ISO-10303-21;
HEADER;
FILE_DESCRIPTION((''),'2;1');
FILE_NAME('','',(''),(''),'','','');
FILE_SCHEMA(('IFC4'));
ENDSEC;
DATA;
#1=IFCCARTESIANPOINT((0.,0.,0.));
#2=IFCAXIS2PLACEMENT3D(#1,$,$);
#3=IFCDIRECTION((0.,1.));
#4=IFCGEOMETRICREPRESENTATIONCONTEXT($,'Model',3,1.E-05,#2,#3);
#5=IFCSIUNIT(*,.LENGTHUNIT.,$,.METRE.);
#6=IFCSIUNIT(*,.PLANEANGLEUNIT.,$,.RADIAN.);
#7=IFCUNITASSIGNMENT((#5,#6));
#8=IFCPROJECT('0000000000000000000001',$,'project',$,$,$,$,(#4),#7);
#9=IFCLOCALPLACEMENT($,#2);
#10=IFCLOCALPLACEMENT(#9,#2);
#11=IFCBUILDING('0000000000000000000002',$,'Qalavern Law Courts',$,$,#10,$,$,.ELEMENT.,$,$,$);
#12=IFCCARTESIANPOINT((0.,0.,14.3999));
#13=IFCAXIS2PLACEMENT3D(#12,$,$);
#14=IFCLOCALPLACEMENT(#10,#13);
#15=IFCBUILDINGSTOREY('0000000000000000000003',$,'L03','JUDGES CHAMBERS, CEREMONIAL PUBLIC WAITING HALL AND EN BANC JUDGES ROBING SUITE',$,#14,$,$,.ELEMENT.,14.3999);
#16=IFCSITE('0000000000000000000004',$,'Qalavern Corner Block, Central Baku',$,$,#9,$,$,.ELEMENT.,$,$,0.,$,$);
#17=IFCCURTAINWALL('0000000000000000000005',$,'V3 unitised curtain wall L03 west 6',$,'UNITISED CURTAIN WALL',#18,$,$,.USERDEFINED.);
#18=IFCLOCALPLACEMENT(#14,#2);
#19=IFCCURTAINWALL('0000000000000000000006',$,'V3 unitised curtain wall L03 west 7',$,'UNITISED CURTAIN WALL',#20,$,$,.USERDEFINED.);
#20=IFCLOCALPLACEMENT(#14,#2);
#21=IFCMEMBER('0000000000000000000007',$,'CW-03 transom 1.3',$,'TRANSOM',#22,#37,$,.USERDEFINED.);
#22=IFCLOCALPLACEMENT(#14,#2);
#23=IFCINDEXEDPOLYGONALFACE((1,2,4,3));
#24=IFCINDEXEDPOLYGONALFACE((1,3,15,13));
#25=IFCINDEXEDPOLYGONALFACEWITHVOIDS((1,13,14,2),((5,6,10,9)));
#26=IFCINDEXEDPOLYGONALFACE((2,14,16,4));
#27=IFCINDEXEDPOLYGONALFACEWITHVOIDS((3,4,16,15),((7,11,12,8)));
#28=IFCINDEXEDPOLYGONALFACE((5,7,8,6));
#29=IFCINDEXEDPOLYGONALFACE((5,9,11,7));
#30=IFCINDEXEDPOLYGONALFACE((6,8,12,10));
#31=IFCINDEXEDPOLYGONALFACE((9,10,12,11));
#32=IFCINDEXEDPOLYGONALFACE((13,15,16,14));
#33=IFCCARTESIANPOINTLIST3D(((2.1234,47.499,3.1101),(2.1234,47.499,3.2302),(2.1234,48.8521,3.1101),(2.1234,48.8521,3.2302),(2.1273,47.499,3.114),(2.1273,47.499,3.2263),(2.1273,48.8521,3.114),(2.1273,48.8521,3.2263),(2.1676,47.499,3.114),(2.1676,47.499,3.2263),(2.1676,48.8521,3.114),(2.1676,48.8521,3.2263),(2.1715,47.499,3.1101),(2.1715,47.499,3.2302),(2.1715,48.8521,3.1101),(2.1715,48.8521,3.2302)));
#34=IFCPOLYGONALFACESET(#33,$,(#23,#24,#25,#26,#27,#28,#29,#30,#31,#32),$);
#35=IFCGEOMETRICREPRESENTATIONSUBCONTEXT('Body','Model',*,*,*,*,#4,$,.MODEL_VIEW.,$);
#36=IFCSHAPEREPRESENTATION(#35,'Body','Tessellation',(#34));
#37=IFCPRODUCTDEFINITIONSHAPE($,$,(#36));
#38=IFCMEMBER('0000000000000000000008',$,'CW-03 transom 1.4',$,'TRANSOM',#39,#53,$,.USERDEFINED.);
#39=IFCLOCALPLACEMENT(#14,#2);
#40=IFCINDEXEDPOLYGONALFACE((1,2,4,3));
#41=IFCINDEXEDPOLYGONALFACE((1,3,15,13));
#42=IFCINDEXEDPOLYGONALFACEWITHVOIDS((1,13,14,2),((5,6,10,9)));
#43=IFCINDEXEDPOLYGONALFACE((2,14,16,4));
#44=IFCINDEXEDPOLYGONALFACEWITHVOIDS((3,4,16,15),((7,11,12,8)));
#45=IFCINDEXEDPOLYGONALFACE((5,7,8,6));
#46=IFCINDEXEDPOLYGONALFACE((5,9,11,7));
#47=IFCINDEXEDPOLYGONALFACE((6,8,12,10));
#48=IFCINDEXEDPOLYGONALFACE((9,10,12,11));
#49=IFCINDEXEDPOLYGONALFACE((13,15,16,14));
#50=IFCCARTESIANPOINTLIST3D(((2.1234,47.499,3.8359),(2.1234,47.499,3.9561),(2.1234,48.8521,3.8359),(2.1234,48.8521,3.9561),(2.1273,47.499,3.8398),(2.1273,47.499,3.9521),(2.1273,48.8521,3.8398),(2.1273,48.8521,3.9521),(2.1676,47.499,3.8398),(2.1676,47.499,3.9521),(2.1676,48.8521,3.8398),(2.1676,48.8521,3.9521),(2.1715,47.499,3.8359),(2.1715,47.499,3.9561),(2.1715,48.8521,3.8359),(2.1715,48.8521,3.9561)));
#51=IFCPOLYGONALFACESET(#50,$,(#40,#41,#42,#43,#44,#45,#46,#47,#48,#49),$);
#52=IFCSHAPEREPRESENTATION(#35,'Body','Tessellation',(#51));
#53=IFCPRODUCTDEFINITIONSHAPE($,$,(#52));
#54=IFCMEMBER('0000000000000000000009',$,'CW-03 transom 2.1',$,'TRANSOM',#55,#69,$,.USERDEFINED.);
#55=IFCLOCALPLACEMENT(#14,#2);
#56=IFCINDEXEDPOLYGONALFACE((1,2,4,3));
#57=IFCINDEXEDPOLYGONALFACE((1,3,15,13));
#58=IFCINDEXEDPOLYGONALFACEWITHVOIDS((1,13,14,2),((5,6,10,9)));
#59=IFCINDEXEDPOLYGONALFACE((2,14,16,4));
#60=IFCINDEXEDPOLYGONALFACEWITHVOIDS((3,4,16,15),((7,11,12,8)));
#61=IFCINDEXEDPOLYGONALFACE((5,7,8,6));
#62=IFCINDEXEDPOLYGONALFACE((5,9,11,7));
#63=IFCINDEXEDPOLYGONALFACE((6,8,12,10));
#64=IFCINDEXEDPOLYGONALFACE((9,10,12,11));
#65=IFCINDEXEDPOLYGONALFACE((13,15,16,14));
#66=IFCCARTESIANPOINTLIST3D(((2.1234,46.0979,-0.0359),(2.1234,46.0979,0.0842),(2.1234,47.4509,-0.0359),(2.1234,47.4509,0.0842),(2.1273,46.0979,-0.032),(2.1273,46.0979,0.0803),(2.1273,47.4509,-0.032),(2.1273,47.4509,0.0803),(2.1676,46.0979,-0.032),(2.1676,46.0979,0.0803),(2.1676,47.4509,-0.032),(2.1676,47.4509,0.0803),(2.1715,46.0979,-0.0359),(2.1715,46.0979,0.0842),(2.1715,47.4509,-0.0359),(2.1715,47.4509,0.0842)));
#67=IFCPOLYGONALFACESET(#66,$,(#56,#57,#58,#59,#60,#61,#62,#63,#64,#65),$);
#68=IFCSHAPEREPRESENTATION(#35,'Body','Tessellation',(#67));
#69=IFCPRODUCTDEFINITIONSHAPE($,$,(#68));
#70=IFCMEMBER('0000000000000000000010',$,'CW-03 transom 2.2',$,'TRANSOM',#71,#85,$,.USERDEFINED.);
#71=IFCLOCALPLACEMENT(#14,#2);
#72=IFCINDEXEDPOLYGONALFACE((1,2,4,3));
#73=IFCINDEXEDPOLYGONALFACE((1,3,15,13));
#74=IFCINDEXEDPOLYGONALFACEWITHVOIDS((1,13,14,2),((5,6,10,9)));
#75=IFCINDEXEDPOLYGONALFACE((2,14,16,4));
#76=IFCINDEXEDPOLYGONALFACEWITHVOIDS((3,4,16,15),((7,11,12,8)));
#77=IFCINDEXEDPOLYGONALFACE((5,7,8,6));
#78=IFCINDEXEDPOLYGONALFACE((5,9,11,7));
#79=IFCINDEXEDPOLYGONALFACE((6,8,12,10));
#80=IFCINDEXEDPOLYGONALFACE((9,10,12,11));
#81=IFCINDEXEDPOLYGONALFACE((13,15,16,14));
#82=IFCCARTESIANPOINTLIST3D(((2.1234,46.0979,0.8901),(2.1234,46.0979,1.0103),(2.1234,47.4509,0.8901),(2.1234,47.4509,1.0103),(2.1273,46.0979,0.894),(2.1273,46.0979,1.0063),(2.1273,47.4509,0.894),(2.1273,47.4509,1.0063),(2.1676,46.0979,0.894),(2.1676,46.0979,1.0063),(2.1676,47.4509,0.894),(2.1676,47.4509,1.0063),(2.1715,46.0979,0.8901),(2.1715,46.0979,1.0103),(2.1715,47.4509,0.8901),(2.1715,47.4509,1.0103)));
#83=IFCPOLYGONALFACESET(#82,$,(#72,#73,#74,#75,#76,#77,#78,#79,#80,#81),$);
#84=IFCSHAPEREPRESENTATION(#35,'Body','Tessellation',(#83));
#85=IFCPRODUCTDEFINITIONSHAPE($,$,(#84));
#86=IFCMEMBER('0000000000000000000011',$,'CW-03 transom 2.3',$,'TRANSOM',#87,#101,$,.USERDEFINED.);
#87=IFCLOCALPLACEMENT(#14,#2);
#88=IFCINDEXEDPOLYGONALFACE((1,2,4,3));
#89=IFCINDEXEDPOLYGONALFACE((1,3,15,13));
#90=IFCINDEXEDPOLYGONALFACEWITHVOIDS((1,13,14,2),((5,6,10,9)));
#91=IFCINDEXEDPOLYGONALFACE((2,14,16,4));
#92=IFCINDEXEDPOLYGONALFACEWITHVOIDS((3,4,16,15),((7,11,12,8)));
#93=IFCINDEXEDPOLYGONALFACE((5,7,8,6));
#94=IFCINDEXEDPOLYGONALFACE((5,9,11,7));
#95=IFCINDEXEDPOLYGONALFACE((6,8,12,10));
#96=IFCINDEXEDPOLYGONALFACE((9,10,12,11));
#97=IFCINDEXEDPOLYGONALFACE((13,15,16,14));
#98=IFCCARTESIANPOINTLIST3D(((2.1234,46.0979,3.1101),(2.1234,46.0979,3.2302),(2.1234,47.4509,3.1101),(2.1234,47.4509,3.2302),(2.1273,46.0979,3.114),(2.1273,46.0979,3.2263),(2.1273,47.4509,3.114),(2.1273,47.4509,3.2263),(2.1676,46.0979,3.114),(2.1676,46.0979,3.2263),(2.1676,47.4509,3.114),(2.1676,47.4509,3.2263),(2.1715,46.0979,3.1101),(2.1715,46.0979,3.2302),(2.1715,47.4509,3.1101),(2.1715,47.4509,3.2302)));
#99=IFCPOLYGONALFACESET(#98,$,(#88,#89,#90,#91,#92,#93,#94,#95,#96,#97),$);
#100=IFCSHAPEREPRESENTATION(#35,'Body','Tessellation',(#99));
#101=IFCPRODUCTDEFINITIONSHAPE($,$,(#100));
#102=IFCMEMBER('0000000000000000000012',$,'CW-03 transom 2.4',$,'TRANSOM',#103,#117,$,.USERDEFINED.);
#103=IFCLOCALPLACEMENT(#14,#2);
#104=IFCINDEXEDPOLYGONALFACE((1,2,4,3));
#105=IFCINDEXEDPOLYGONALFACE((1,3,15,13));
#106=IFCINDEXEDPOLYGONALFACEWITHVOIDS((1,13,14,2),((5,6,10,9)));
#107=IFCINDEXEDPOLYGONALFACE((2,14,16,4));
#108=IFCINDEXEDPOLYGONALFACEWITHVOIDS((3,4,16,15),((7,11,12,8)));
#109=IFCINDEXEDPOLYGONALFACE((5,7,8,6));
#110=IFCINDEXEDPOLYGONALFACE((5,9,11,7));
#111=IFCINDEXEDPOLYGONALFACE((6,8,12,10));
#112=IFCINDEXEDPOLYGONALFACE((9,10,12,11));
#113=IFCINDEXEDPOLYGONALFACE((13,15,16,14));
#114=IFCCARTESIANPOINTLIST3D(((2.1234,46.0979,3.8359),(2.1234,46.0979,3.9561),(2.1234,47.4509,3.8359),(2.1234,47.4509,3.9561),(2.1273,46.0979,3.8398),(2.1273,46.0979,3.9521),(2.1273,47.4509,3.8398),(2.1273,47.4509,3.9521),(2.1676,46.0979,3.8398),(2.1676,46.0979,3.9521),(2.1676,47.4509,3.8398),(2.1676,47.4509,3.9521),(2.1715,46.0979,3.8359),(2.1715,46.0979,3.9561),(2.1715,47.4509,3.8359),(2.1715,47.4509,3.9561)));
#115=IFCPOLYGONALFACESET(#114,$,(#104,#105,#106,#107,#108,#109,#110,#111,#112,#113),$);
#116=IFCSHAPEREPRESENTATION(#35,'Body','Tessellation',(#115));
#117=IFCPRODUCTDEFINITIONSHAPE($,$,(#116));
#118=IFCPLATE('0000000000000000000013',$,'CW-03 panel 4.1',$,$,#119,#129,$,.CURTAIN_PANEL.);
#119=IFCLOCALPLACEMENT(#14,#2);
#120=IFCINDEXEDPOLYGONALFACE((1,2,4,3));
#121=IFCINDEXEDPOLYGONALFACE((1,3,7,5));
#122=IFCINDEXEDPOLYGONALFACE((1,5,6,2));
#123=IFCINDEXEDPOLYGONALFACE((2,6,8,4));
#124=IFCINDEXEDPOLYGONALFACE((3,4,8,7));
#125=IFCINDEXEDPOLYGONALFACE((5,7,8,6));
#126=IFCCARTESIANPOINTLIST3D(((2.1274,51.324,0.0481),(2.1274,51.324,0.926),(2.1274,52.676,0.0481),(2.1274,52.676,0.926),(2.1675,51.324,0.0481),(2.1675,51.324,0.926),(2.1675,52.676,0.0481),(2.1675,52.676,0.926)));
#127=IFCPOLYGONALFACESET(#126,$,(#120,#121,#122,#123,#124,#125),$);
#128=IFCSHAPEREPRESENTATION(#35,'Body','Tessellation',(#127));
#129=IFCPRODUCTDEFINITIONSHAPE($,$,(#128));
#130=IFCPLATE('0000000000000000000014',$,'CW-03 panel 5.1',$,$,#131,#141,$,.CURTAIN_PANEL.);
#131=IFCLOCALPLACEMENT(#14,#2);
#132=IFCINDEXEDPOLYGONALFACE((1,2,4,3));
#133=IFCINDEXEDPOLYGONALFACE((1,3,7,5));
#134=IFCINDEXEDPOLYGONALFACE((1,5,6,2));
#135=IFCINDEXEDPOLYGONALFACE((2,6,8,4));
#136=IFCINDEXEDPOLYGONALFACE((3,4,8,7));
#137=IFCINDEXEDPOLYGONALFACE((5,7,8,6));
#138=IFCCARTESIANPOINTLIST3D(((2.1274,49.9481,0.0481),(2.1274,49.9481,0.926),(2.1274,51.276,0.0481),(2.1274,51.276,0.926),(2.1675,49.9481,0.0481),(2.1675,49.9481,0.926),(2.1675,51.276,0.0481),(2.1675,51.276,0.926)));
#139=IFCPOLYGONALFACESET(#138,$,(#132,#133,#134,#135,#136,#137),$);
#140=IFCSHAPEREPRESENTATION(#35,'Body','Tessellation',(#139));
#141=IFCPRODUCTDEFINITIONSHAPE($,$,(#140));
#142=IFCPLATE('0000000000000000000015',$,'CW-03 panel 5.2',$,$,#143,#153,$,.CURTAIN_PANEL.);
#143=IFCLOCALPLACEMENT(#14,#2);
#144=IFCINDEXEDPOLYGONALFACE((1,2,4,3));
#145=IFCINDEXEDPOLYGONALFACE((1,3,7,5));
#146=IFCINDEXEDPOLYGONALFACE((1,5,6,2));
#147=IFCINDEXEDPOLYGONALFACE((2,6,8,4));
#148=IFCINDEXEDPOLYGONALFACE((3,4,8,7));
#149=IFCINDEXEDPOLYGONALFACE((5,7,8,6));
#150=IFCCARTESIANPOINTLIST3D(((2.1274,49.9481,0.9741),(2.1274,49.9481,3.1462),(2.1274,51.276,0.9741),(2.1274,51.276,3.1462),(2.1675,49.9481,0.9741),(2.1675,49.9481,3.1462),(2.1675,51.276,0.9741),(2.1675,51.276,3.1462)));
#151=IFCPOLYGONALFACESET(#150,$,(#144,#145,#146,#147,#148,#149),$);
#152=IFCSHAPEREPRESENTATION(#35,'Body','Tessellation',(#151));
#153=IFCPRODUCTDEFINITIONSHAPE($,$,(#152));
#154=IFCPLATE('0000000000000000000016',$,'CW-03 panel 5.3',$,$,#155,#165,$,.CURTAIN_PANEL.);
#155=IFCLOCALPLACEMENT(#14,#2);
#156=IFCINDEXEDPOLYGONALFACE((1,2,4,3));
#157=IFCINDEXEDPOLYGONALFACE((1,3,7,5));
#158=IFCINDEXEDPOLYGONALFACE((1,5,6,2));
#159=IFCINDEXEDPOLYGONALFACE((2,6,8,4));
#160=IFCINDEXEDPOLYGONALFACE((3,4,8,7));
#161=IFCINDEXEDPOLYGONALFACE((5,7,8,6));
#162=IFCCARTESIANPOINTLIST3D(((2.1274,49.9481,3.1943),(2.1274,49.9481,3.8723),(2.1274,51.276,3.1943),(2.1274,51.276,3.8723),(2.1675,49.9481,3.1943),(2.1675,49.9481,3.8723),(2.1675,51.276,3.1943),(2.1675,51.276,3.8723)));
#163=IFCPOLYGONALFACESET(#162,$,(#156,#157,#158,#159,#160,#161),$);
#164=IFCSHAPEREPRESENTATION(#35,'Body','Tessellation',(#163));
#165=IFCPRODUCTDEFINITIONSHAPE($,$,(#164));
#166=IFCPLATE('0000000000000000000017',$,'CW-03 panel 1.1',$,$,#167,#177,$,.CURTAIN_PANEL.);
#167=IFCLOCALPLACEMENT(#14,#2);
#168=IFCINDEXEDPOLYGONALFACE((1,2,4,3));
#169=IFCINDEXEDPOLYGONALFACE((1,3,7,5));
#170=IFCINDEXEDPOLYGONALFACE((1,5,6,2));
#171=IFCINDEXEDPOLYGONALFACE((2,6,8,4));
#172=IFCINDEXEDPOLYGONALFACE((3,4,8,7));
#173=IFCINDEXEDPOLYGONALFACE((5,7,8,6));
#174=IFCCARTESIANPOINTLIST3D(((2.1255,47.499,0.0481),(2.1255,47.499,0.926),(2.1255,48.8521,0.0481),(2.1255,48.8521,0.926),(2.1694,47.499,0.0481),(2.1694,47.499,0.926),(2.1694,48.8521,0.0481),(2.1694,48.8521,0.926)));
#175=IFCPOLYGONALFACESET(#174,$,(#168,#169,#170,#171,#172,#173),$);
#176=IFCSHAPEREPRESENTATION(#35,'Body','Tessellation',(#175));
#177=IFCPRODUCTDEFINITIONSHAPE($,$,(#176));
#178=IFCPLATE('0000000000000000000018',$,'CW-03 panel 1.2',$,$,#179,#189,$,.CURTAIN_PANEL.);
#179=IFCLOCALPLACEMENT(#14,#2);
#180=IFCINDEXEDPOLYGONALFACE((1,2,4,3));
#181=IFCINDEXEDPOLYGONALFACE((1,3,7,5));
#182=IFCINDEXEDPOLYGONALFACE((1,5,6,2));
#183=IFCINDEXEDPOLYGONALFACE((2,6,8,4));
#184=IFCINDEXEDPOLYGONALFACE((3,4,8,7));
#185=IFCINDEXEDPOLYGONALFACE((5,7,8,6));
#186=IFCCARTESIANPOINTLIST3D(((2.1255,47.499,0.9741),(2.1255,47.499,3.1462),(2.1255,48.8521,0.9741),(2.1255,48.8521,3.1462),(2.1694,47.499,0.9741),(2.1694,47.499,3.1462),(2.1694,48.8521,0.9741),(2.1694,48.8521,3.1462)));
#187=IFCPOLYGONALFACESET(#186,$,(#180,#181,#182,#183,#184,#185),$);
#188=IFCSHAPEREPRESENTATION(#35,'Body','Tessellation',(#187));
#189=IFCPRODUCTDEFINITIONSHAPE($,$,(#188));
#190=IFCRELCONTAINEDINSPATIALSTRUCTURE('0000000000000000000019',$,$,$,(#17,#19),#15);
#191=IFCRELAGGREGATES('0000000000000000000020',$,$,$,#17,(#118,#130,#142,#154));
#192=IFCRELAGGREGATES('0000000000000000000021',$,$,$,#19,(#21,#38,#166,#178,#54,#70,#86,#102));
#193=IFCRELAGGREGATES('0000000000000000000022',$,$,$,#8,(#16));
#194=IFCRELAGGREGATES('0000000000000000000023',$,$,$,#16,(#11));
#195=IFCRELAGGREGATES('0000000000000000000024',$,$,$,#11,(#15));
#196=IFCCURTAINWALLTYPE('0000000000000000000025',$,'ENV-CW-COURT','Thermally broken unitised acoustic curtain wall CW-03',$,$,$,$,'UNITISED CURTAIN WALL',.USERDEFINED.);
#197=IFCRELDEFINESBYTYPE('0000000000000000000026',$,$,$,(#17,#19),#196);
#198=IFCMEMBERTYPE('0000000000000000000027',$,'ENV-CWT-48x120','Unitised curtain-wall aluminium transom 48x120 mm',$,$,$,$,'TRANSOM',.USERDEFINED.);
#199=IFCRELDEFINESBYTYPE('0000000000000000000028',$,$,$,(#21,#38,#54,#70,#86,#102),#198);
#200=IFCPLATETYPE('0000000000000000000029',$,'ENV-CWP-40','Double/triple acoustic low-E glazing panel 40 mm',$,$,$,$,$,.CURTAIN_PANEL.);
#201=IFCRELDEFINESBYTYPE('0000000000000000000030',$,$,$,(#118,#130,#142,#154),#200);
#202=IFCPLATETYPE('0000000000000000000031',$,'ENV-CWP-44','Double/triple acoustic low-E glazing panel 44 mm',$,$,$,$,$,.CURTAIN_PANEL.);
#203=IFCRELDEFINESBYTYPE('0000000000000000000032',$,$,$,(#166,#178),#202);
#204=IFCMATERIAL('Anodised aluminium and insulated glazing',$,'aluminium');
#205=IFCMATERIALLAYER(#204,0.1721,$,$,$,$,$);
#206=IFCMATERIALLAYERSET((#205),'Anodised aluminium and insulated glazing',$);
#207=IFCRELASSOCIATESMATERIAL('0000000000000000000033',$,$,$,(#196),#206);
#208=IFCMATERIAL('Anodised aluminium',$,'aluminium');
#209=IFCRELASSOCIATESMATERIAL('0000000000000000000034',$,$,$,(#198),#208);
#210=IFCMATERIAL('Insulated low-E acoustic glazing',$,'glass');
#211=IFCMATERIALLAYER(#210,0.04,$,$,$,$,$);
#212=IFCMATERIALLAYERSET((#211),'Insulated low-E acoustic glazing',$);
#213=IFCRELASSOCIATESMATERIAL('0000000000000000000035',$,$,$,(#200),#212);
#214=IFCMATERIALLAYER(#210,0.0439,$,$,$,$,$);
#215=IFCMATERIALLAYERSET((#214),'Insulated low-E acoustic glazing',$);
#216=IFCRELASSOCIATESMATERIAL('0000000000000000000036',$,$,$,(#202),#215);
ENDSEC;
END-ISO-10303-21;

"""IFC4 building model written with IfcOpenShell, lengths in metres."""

from ifc_helpers import new_model, si_unit, direction, frame, origin, origin_2d, place, context, subcontext, project, spatial, rectangle, hollow_rectangle, extrude, material, layer, layer_set, material_profile, profile_set, type_object, element, aggregate, save


model = new_model("IFC4")

# Units and contexts
model_context = context("Model", 3, precision=1e-05, world=origin(), true_north=direction((0.0, 1.0)))
body_context = subcontext(model_context, "Body", "Model", "MODEL_VIEW")
ifc_project = project(units=[si_unit("LENGTHUNIT", "METRE"), si_unit("PLANEANGLEUNIT", "RADIAN")], contexts=[model_context])

# Site, building, storey
site_placement = place(None, origin())
site = spatial("IfcSite", under=ifc_project, at=site_placement, Name="Qalavern Corner Block, Central Baku", CompositionType="ELEMENT", RefElevation=0.0)
building_placement = place(site_placement, origin())
building = spatial("IfcBuilding", under=site, at=building_placement, Name="Qalavern Law Courts", CompositionType="ELEMENT")
storey_placement = place(building_placement, frame((0.0, 0.0, 14.3999)))
storey = spatial("IfcBuildingStorey", under=building, at=storey_placement, Name="L03", Description="JUDGES CHAMBERS, CEREMONIAL PUBLIC WAITING HALL AND EN BANC JUDGES ROBING SUITE", CompositionType="ELEMENT", Elevation=14.3999)

# Curtain walls
ifc_material_1 = material(Name="Anodised aluminium and insulated glazing", Category="aluminium")
ifc_layer_1 = layer(ifc_material_1, 0.1721)
ifc_layer_set_1 = layer_set([ifc_layer_1], Name="Anodised aluminium and insulated glazing")
curtain_wall_type = type_object("IfcCurtainWallType", Name="ENV-CW-COURT", Description="Thermally broken unitised acoustic curtain wall CW-03", ElementType="UNITISED CURTAIN WALL", PredefinedType="USERDEFINED", material=ifc_layer_set_1)
curtain_wall_1_placement = place(storey_placement, origin())
curtain_wall_1 = element("IfcCurtainWall", 1, at=curtain_wall_1_placement, inside=storey, type_object=curtain_wall_type, Name="V3 unitised curtain wall L03 west 6", ObjectType="UNITISED CURTAIN WALL", PredefinedType="USERDEFINED")
ifc_material_2 = material(Name="Anodised aluminium", Category="aluminium")
curtain_wall_2_placement = place(storey_placement, origin())
curtain_wall_2 = element("IfcCurtainWall", 2, at=curtain_wall_2_placement, inside=storey, type_object=curtain_wall_type, Name="V3 unitised curtain wall L03 west 7", ObjectType="UNITISED CURTAIN WALL", PredefinedType="USERDEFINED")

# Members
ifc_material_profile_1 = material_profile(ifc_material_2, hollow_rectangle(XDim=0.0481, YDim=0.1201, WallThickness=0.0039, at=origin_2d()), Name="ALU TRANSOM 48x120")
ifc_profile_set_1 = profile_set([ifc_material_profile_1], Name="Anodised aluminium")
member_type_1 = type_object("IfcMemberType", Name="ENV-CWT-48x120", Description="Unitised curtain-wall aluminium transom 48x120 mm", ElementType="TRANSOM", PredefinedType="USERDEFINED", material=ifc_profile_set_1)
member_1_placement = place(storey_placement, frame((2.1475, 48.8521, 3.1702), z_axis=(0.0, -1.0, 0.0), x_axis=(1.0, 0.0, 0.0)))
member_1 = element("IfcMember", 3, at=member_1_placement, type_object=member_type_1, Name="CW-03 transom 1.3", ObjectType="TRANSOM", PredefinedType="USERDEFINED", context=body_context, shape_type="SweptSolid", body=[
    extrude(hollow_rectangle(XDim=0.0481, YDim=0.1201, WallThickness=0.0039, at=origin_2d()), origin(), (0.0, 0.0, 1.0), 1.353),
])
member_2_placement = place(storey_placement, frame((2.1475, 48.8521, 3.896), z_axis=(0.0, -1.0, 0.0), x_axis=(1.0, 0.0, 0.0)))
member_2 = element("IfcMember", 4, at=member_2_placement, type_object=member_type_1, Name="CW-03 transom 1.4", ObjectType="TRANSOM", PredefinedType="USERDEFINED", context=body_context, shape_type="SweptSolid", body=[
    extrude(hollow_rectangle(XDim=0.0481, YDim=0.1201, WallThickness=0.0039, at=origin_2d()), origin(), (0.0, 0.0, 1.0), 1.353),
])
member_3_placement = place(storey_placement, frame((2.1475, 47.4509, 0.0242), z_axis=(0.0, -1.0, 0.0), x_axis=(1.0, 0.0, 0.0)))
member_3 = element("IfcMember", 5, at=member_3_placement, type_object=member_type_1, Name="CW-03 transom 2.1", ObjectType="TRANSOM", PredefinedType="USERDEFINED", context=body_context, shape_type="SweptSolid", body=[
    extrude(hollow_rectangle(XDim=0.0481, YDim=0.1201, WallThickness=0.0039, at=origin_2d()), origin(), (0.0, 0.0, 1.0), 1.353),
])
member_4_placement = place(storey_placement, frame((2.1475, 47.4509, 0.9502), z_axis=(0.0, -1.0, 0.0), x_axis=(1.0, 0.0, 0.0)))
member_4 = element("IfcMember", 6, at=member_4_placement, type_object=member_type_1, Name="CW-03 transom 2.2", ObjectType="TRANSOM", PredefinedType="USERDEFINED", context=body_context, shape_type="SweptSolid", body=[
    extrude(hollow_rectangle(XDim=0.0481, YDim=0.1201, WallThickness=0.0039, at=origin_2d()), origin(), (0.0, 0.0, 1.0), 1.353),
])
member_5_placement = place(storey_placement, frame((2.1475, 47.4509, 3.1702), z_axis=(0.0, -1.0, 0.0), x_axis=(1.0, 0.0, 0.0)))
member_5 = element("IfcMember", 7, at=member_5_placement, type_object=member_type_1, Name="CW-03 transom 2.3", ObjectType="TRANSOM", PredefinedType="USERDEFINED", context=body_context, shape_type="SweptSolid", body=[
    extrude(hollow_rectangle(XDim=0.0481, YDim=0.1201, WallThickness=0.0039, at=origin_2d()), origin(), (0.0, 0.0, 1.0), 1.353),
])
member_6_placement = place(storey_placement, frame((2.1475, 47.4509, 3.896), z_axis=(0.0, -1.0, 0.0), x_axis=(1.0, 0.0, 0.0)))
member_6 = element("IfcMember", 8, at=member_6_placement, type_object=member_type_1, Name="CW-03 transom 2.4", ObjectType="TRANSOM", PredefinedType="USERDEFINED", context=body_context, shape_type="SweptSolid", body=[
    extrude(hollow_rectangle(XDim=0.0481, YDim=0.1201, WallThickness=0.0039, at=origin_2d()), origin(), (0.0, 0.0, 1.0), 1.353),
])

# Plates
ifc_material_3 = material(Name="Insulated low-E acoustic glazing", Category="glass")
ifc_layer_2 = layer(ifc_material_3, 0.04)
ifc_layer_set_2 = layer_set([ifc_layer_2], Name="Insulated low-E acoustic glazing")
plate_type_1 = type_object("IfcPlateType", Name="ENV-CWP-40", Description="Double/triple acoustic low-E glazing panel 40 mm", PredefinedType="CURTAIN_PANEL", material=ifc_layer_set_2)
plate_1_placement = place(storey_placement, frame((2.1475, 52.0, 0.0481), z_axis=(0.0, 0.0, 1.0), x_axis=(0.0, -1.0, 0.0)))
plate_1 = element("IfcPlate", 9, at=plate_1_placement, type_object=plate_type_1, Name="CW-03 panel 4.1", PredefinedType="CURTAIN_PANEL", context=body_context, shape_type="SweptSolid", body=[
    extrude(rectangle(XDim=1.3521, YDim=0.04, at=origin_2d()), origin(), (0.0, 0.0, 1.0), 0.8779),
])
plate_2_placement = place(storey_placement, frame((2.1475, 50.6121, 0.0481), z_axis=(0.0, 0.0, 1.0), x_axis=(0.0, -1.0, 0.0)))
plate_2 = element("IfcPlate", 10, at=plate_2_placement, type_object=plate_type_1, Name="CW-03 panel 5.1", PredefinedType="CURTAIN_PANEL", context=body_context, shape_type="SweptSolid", body=[
    extrude(rectangle(XDim=1.3279, YDim=0.04, at=origin_2d()), origin(), (0.0, 0.0, 1.0), 0.8779),
])
plate_3_placement = place(storey_placement, frame((2.1475, 50.6121, 0.9741), z_axis=(0.0, 0.0, 1.0), x_axis=(0.0, -1.0, 0.0)))
plate_3 = element("IfcPlate", 11, at=plate_3_placement, type_object=plate_type_1, Name="CW-03 panel 5.2", PredefinedType="CURTAIN_PANEL", context=body_context, shape_type="SweptSolid", body=[
    extrude(rectangle(XDim=1.3279, YDim=0.04, at=origin_2d()), origin(), (0.0, 0.0, 1.0), 2.1721),
])
plate_4_placement = place(storey_placement, frame((2.1475, 50.6121, 3.1943), z_axis=(0.0, 0.0, 1.0), x_axis=(0.0, -1.0, 0.0)))
plate_4 = element("IfcPlate", 12, at=plate_4_placement, type_object=plate_type_1, Name="CW-03 panel 5.3", PredefinedType="CURTAIN_PANEL", context=body_context, shape_type="SweptSolid", body=[
    extrude(rectangle(XDim=1.3279, YDim=0.04, at=origin_2d()), origin(), (0.0, 0.0, 1.0), 0.678),
])
aggregate(curtain_wall_1, [plate_1, plate_2, plate_3, plate_4])
ifc_layer_3 = layer(ifc_material_3, 0.0439)
ifc_layer_set_3 = layer_set([ifc_layer_3], Name="Insulated low-E acoustic glazing")
plate_type_2 = type_object("IfcPlateType", Name="ENV-CWP-44", Description="Double/triple acoustic low-E glazing panel 44 mm", PredefinedType="CURTAIN_PANEL", material=ifc_layer_set_3)
plate_5_placement = place(storey_placement, frame((2.1475, 48.1755, 0.0481), z_axis=(0.0, 0.0, 1.0), x_axis=(0.0, -1.0, 0.0)))
plate_5 = element("IfcPlate", 13, at=plate_5_placement, type_object=plate_type_2, Name="CW-03 panel 1.1", PredefinedType="CURTAIN_PANEL", context=body_context, shape_type="SweptSolid", body=[
    extrude(rectangle(XDim=1.353, YDim=0.0439, at=origin_2d()), origin(), (0.0, 0.0, 1.0), 0.8779),
])
plate_6_placement = place(storey_placement, frame((2.1475, 48.1755, 0.9741), z_axis=(0.0, 0.0, 1.0), x_axis=(0.0, -1.0, 0.0)))
plate_6 = element("IfcPlate", 14, at=plate_6_placement, type_object=plate_type_2, Name="CW-03 panel 1.2", PredefinedType="CURTAIN_PANEL", context=body_context, shape_type="SweptSolid", body=[
    extrude(rectangle(XDim=1.353, YDim=0.0439, at=origin_2d()), origin(), (0.0, 0.0, 1.0), 2.1721),
])
aggregate(curtain_wall_2, [member_1, member_2, plate_5, plate_6, member_3, member_4, member_5, member_6])

save(model, "model.ifc")
